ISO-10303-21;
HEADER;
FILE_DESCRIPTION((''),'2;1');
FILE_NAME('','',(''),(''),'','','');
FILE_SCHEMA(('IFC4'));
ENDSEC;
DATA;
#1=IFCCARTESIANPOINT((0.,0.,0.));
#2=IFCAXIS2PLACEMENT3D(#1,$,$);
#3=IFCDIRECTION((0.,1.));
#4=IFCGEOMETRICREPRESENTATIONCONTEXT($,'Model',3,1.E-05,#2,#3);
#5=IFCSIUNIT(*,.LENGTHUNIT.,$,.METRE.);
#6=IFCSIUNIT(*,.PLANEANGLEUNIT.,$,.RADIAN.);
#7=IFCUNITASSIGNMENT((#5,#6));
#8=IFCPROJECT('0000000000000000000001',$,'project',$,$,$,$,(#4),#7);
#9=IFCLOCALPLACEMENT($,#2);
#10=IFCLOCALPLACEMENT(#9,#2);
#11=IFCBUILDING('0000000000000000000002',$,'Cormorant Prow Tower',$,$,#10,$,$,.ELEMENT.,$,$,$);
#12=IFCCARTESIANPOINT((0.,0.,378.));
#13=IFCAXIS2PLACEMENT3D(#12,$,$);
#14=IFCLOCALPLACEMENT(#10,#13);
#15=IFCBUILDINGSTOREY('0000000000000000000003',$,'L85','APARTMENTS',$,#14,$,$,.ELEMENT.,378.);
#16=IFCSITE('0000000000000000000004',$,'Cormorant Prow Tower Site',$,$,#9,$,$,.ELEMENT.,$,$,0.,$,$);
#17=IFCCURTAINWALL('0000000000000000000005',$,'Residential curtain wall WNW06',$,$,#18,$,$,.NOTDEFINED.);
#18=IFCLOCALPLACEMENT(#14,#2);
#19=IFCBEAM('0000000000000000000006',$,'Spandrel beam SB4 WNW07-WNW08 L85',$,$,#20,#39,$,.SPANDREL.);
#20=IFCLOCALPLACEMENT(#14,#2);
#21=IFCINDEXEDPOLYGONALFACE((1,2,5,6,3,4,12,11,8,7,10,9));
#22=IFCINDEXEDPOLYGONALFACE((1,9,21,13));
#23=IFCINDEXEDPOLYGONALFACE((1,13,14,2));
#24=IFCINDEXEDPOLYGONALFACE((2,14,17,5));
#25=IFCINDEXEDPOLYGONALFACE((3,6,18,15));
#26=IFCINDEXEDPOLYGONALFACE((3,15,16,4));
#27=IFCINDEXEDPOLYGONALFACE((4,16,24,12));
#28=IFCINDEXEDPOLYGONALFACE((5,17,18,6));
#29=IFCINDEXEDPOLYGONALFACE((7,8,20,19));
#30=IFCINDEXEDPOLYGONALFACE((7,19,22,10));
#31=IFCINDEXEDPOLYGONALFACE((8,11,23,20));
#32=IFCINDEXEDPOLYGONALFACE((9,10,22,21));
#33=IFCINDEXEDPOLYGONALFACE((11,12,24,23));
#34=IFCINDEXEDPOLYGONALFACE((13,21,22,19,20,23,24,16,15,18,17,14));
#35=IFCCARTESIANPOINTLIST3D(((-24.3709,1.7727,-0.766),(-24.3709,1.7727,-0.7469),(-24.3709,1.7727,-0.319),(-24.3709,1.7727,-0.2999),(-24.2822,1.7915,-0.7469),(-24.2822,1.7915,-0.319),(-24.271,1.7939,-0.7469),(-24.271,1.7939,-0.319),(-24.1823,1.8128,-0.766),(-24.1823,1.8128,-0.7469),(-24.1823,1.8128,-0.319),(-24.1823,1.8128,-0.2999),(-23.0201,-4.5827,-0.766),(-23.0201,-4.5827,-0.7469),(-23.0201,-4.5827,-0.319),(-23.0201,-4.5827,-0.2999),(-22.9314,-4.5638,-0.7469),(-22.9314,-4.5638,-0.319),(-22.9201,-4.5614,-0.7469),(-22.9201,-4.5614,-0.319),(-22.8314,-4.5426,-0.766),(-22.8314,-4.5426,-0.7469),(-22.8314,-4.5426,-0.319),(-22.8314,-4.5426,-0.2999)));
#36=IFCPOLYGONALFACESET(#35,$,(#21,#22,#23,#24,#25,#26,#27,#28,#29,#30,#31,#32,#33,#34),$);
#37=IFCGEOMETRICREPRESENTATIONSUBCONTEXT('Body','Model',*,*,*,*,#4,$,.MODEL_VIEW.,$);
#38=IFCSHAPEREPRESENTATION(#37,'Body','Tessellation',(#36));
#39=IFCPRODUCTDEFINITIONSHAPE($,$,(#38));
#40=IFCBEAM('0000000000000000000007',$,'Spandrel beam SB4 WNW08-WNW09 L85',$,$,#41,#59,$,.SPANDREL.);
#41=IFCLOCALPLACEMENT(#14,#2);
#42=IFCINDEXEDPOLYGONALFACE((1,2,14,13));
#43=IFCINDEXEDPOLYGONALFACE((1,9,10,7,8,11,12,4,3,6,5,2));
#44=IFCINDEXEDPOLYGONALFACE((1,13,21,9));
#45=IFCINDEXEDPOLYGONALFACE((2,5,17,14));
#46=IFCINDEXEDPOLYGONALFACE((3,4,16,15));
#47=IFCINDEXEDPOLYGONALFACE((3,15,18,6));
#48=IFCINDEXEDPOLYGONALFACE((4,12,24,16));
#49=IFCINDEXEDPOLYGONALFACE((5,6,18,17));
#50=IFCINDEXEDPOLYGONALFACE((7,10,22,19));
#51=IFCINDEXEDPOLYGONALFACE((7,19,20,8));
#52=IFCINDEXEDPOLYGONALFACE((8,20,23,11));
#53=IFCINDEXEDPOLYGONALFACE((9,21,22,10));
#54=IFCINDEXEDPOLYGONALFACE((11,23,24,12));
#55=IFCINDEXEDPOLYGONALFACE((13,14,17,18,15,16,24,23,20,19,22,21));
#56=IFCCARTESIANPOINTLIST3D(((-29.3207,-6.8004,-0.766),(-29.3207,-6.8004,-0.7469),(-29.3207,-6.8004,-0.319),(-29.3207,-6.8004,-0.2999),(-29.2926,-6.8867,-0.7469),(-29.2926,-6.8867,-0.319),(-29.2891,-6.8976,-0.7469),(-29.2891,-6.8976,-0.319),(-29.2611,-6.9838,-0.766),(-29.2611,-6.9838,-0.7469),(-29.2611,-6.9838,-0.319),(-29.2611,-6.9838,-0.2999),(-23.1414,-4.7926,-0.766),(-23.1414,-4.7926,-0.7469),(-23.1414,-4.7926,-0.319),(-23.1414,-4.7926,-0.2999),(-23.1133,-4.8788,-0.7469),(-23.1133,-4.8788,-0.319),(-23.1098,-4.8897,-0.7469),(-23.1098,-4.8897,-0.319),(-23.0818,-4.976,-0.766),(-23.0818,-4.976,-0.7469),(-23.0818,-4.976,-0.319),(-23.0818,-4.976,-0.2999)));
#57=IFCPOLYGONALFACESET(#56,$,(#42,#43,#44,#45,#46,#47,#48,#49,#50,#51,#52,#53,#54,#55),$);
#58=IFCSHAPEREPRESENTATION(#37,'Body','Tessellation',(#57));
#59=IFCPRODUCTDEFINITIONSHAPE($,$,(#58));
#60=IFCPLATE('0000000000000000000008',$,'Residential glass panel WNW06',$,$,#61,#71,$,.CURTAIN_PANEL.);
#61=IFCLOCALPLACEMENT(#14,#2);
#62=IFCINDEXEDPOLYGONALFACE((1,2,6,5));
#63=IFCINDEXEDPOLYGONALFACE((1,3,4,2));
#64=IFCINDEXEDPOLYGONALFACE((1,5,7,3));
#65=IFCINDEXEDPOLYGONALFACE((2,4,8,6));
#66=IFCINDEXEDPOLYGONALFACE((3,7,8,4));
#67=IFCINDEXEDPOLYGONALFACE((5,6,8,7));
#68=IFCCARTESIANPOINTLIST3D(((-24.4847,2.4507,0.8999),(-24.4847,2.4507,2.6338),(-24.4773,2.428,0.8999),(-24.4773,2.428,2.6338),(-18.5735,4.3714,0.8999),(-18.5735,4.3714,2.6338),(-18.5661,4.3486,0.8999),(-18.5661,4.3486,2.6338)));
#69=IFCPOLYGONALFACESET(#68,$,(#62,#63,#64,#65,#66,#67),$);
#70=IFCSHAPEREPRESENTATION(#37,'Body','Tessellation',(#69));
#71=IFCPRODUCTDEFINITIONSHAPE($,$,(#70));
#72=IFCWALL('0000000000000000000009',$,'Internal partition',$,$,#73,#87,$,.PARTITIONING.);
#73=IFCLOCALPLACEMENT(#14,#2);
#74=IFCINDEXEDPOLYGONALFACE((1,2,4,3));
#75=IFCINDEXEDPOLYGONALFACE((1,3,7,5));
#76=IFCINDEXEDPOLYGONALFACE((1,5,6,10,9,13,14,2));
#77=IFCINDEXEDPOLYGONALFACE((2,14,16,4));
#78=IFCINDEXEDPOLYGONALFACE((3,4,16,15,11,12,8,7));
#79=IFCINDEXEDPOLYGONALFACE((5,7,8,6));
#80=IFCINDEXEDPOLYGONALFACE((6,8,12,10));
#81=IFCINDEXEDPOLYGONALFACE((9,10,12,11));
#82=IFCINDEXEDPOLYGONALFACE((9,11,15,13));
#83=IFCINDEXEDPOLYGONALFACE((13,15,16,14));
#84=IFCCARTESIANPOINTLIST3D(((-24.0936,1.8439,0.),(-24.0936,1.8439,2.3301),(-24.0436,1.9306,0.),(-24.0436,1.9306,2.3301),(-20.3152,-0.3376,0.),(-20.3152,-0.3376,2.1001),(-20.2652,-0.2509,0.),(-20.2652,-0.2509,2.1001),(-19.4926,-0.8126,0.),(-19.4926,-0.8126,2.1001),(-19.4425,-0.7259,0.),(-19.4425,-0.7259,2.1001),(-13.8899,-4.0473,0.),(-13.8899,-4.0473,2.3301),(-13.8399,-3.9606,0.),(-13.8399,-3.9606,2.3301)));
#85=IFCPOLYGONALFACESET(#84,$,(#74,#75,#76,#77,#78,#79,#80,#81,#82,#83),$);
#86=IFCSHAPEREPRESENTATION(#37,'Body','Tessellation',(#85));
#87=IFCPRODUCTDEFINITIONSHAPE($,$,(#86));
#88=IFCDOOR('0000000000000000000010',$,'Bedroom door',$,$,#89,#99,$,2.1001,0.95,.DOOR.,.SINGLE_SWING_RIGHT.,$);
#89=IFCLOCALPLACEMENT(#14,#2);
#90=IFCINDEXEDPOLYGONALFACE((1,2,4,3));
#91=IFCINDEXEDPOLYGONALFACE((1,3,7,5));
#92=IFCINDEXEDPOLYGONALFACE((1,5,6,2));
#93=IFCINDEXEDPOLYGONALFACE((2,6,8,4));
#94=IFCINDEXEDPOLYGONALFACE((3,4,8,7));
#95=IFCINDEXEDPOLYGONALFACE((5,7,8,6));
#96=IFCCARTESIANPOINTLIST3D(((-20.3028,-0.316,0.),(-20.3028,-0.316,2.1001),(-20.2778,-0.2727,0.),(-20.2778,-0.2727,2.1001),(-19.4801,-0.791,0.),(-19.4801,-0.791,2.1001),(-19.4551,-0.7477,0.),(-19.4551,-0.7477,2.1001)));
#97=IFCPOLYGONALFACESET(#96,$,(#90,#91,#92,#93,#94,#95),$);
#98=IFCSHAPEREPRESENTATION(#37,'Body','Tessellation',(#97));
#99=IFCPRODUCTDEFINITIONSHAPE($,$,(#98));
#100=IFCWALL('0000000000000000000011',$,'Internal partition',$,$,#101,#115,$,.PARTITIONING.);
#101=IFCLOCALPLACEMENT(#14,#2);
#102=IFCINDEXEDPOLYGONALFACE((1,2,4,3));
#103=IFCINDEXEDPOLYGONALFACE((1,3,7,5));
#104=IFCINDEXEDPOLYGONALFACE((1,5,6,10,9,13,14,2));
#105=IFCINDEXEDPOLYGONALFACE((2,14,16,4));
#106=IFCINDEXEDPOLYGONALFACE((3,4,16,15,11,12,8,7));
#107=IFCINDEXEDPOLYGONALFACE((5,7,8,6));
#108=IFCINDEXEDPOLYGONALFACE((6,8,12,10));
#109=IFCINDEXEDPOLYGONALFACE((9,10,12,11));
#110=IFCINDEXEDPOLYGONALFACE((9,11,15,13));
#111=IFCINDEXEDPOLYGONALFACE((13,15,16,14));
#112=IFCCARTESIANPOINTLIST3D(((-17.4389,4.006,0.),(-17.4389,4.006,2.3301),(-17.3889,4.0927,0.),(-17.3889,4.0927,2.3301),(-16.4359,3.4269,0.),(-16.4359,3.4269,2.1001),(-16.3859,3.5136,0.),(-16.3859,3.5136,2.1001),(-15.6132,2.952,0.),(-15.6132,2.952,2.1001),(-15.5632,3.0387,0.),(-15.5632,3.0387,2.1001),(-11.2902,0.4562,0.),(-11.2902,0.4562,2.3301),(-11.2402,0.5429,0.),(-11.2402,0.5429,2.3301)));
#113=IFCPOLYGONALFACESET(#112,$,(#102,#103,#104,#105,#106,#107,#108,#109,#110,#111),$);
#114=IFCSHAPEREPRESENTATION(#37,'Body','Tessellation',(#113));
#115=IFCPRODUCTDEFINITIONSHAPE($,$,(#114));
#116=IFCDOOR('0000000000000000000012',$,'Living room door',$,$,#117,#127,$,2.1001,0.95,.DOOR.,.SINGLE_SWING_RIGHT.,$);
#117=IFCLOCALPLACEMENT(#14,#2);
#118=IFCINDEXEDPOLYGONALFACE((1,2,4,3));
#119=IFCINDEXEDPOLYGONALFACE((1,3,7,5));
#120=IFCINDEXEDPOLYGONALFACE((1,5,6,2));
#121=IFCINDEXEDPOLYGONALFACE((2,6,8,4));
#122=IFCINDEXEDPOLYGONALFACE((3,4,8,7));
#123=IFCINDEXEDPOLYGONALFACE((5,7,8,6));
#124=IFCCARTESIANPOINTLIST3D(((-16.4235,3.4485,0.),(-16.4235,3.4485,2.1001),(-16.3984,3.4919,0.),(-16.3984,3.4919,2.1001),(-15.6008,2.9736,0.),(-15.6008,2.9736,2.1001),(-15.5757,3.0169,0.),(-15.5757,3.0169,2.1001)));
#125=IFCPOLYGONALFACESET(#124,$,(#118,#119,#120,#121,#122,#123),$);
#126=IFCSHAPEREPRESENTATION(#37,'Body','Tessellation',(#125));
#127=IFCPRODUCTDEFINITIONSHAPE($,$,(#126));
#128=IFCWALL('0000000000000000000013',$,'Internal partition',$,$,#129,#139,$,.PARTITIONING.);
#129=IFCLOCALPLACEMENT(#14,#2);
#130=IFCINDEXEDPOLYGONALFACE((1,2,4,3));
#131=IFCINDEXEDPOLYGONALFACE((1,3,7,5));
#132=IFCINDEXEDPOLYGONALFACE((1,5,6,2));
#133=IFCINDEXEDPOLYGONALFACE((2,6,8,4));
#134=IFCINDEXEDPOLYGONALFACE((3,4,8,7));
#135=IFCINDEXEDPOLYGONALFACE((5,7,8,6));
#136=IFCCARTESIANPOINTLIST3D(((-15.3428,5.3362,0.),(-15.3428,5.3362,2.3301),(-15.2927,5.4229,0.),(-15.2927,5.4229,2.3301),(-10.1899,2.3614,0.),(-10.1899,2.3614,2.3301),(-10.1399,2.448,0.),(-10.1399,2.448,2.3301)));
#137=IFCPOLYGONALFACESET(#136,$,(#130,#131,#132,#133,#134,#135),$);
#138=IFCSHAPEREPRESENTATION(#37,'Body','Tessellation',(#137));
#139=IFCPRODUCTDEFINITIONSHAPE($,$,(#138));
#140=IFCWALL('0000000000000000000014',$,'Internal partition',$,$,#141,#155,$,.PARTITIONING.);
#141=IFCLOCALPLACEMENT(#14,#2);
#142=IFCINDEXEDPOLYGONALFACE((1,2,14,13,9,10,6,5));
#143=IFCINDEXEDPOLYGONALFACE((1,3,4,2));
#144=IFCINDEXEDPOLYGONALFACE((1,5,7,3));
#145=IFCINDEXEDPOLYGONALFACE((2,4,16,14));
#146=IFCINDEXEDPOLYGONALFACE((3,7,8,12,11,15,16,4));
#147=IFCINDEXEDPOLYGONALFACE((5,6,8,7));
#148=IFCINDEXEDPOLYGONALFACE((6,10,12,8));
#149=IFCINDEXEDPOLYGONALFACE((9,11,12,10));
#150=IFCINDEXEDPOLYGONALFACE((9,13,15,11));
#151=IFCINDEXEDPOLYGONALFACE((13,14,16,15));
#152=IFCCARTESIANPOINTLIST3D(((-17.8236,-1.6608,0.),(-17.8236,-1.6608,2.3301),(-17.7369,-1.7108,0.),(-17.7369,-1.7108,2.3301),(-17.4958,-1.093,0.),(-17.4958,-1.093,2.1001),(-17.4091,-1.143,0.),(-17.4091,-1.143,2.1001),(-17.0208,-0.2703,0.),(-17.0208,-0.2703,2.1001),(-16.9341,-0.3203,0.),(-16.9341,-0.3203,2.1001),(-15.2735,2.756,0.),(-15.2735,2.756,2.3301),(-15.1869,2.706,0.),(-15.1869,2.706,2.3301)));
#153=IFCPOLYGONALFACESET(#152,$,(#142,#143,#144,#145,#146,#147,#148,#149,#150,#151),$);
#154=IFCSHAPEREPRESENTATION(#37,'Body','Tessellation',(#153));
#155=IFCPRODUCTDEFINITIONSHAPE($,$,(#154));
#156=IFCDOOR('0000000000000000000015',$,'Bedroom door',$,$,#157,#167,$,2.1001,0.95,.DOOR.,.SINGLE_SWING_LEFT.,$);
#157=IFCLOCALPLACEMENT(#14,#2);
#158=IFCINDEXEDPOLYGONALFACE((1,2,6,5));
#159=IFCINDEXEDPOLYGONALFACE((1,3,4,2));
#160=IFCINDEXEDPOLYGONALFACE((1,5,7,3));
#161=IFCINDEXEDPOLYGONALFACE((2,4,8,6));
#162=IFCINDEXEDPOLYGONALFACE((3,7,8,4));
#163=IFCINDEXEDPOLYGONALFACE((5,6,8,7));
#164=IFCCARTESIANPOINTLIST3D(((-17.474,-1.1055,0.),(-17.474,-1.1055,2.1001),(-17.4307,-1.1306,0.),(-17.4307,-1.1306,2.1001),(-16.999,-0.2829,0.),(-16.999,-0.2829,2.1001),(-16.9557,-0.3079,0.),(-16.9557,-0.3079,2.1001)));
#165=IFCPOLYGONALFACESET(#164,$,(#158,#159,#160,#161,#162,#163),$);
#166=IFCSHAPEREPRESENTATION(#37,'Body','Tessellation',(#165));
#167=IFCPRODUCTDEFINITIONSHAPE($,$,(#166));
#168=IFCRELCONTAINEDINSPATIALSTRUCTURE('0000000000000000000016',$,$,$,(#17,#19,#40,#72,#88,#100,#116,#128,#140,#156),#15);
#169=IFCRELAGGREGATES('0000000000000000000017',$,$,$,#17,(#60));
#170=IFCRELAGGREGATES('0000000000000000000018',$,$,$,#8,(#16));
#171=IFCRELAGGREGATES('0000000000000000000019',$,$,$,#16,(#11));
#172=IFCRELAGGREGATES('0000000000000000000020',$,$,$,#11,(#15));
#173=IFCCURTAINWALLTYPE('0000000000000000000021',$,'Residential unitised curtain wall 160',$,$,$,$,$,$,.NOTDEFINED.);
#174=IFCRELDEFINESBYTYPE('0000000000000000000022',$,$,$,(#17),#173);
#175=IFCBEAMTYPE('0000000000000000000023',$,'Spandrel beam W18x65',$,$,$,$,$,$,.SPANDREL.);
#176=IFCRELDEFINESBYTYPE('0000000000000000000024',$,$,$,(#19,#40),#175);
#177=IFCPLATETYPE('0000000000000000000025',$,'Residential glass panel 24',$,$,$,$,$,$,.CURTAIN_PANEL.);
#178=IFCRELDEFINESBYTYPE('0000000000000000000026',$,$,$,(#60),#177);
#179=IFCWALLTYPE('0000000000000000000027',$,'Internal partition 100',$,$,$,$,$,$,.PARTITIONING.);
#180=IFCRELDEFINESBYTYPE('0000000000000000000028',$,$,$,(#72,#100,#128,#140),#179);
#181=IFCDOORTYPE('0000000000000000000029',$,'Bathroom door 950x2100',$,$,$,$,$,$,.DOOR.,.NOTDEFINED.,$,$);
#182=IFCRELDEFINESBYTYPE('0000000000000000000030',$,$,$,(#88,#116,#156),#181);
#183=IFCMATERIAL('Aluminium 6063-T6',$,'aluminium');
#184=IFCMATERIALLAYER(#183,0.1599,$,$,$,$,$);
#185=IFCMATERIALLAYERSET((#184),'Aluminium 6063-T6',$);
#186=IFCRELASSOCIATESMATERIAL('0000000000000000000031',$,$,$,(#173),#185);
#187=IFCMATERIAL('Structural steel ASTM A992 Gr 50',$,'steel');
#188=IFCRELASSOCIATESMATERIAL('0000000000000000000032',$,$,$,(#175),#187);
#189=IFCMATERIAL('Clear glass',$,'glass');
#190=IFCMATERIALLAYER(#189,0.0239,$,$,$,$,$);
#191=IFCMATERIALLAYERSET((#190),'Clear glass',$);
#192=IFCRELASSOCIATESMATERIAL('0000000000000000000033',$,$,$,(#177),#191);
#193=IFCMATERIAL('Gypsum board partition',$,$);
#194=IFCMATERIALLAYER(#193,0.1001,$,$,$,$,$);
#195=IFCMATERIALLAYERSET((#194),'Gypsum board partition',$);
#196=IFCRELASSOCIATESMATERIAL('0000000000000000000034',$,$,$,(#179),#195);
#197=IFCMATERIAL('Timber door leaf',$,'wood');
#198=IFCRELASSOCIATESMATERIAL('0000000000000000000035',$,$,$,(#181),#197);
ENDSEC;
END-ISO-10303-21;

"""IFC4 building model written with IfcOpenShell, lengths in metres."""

from ifc_helpers import new_model, si_unit, direction, frame, frame_2d, origin, origin_2d, place, context, subcontext, project, spatial, rectangle, i_section, extrude, material, layer, layer_set, material_profile, profile_set, type_object, element, fill, aggregate, save


model = new_model("IFC4")

# Units and contexts
model_context = context("Model", 3, precision=1e-05, world=origin(), true_north=direction((0.0, 1.0)))
body_context = subcontext(model_context, "Body", "Model", "MODEL_VIEW")
ifc_project = project(units=[si_unit("LENGTHUNIT", "METRE"), si_unit("PLANEANGLEUNIT", "RADIAN")], contexts=[model_context])

# Site, building, storey
site_placement = place(None, origin())
site = spatial("IfcSite", under=ifc_project, at=site_placement, Name="Cormorant Prow Tower Site", CompositionType="ELEMENT", RefElevation=0.0)
building_placement = place(site_placement, origin())
building = spatial("IfcBuilding", under=site, at=building_placement, Name="Cormorant Prow Tower", CompositionType="ELEMENT")
storey_placement = place(building_placement, frame((0.0, 0.0, 378.0)))
storey = spatial("IfcBuildingStorey", under=building, at=storey_placement, Name="L85", Description="APARTMENTS", CompositionType="ELEMENT", Elevation=378.0)

# Curtain wall
ifc_material_1 = material(Name="Aluminium 6063-T6", Category="aluminium")
ifc_layer_1 = layer(ifc_material_1, 0.1599)
ifc_layer_set_1 = layer_set([ifc_layer_1], Name="Aluminium 6063-T6")
curtain_wall_type = type_object("IfcCurtainWallType", Name="Residential unitised curtain wall 160", PredefinedType="NOTDEFINED", material=ifc_layer_set_1)
curtain_wall_1_placement = place(storey_placement, origin())
curtain_wall_1 = element("IfcCurtainWall", 1, at=curtain_wall_1_placement, inside=storey, type_object=curtain_wall_type, Name="Residential curtain wall WNW06", PredefinedType="NOTDEFINED")

# Beams
ifc_material_2 = material(Name="Structural steel ASTM A992 Gr 50", Category="steel")
ifc_material_profile_1 = material_profile(ifc_material_2, i_section(OverallWidth=0.1929, OverallDepth=0.4661, WebThickness=0.0115, FlangeThickness=0.019, at=origin_2d()), Name="W18x65")
ifc_profile_set_1 = profile_set([ifc_material_profile_1], Name="Structural steel ASTM A992 Gr 50")
beam_type_1 = type_object("IfcBeamType", Name="Spandrel beam W18x65", PredefinedType="SPANDREL", material=ifc_profile_set_1)
for number, where, z_axis, x_axis, name in (
    (2, (-24.2766, 1.7927, -0.533), (0.20791, -0.978148, 0.0), (0.978148, 0.20791, 0.0), "Spandrel beam SB4 WNW07-WNW08 L85"),
    (3, (-23.1116, -4.8843, -0.533), (-0.951053, -0.309027, 0.0), (0.309027, -0.951053, 0.0), "Spandrel beam SB4 WNW08-WNW09 L85"),
):
    element("IfcBeam", number, at=place(storey_placement, frame(where, z_axis=z_axis, x_axis=x_axis)), inside=storey, type_object=beam_type_1, Name=name, PredefinedType="SPANDREL", context=body_context, shape_type="SweptSolid", body=[
        extrude(i_section(OverallWidth=0.1929, OverallDepth=0.4661, WebThickness=0.0115, FlangeThickness=0.019, at=origin_2d()), origin(), (0.0, 0.0, 1.0), 6.4973),
    ])

# Plate
ifc_material_3 = material(Name="Clear glass", Category="glass")
ifc_layer_2 = layer(ifc_material_3, 0.0239)
ifc_layer_set_2 = layer_set([ifc_layer_2], Name="Clear glass")
plate_type = type_object("IfcPlateType", Name="Residential glass panel 24", PredefinedType="CURTAIN_PANEL", material=ifc_layer_set_2)
plate_placement = place(storey_placement, frame((-21.5254, 3.3997, 0.8999), z_axis=(0.0, 0.0, 1.0), x_axis=(-0.951056, -0.309017, 0.0)))
plate = element("IfcPlate", 4, at=plate_placement, type_object=plate_type, Name="Residential glass panel WNW06", PredefinedType="CURTAIN_PANEL", context=body_context, shape_type="SweptSolid", body=[
    extrude(rectangle(XDim=6.2153, YDim=0.0239, at=origin_2d()), origin(), (0.0, 0.0, 1.0), 1.7339),
])
aggregate(curtain_wall_1, [plate])

# Walls, openings, doors
ifc_material_4 = material(Name="Gypsum board partition")
ifc_layer_3 = layer(ifc_material_4, 0.1001)
ifc_layer_set_3 = layer_set([ifc_layer_3], Name="Gypsum board partition")
wall_type_1 = type_object("IfcWallType", Name="Internal partition 100", PredefinedType="PARTITIONING", material=ifc_layer_set_3)
wall_1_placement = place(storey_placement, frame((-24.0686, 1.8872, 0.0), z_axis=(0.0, 0.0, 1.0), x_axis=(0.866023, -0.500003, 0.0)))
wall_1 = element("IfcWall", 5, at=wall_1_placement, inside=storey, type_object=wall_type_1, Name="Internal partition", PredefinedType="PARTITIONING", context=body_context, shape_type="SweptSolid", body=[
    extrude(rectangle(XDim=11.7822, YDim=0.1001, at=frame_2d((5.8911, 0.0))), origin(), (0.0, 0.0, 1.0), 2.3301),
])
opening_1_placement = place(wall_1_placement, frame((4.3628, 0.0, 0.0)))
opening_1 = element("IfcOpeningElement", 6, at=opening_1_placement, cuts=wall_1, PredefinedType="OPENING", context=body_context, shape_type="SweptSolid", body=[
    extrude(rectangle(XDim=0.95, YDim=2.1001, at=frame_2d((0.4751, 1.05))), frame((0.0, 0.0601, 0.0), z_axis=(0.0, -1.0, 0.0), x_axis=(1.0, 0.0, 0.0)), (0.0, 0.0, 1.0), 0.1201),
])
ifc_material_5 = material(Name="Timber door leaf", Category="wood")
door_type_1 = type_object("IfcDoorType", Name="Bathroom door 950x2100", OperationType="NOTDEFINED", PredefinedType="DOOR", material=ifc_material_5)
door_1_placement = place(opening_1_placement, origin())
door_1 = element("IfcDoor", 7, at=door_1_placement, inside=storey, type_object=door_type_1, Name="Bedroom door", OperationType="SINGLE_SWING_RIGHT", OverallHeight=2.1001, OverallWidth=0.95, PredefinedType="DOOR", context=body_context, shape_type="SweptSolid", body=[
    extrude(rectangle(XDim=0.95, YDim=2.1001, at=frame_2d((0.4751, 1.05))), frame((0.0, 0.0249, 0.0), z_axis=(0.0, -1.0, 0.0), x_axis=(1.0, 0.0, 0.0)), (0.0, 0.0, 1.0), 0.05),
])
fill(opening_1, door_1)
wall_2_placement = place(storey_placement, frame((-17.4138, 4.0493, 0.0), z_axis=(0.0, 0.0, 1.0), x_axis=(0.866034, -0.499985, 0.0)))
wall_2 = element("IfcWall", 8, at=wall_2_placement, inside=storey, type_object=wall_type_1, Name="Internal partition", PredefinedType="PARTITIONING", context=body_context, shape_type="SweptSolid", body=[
    extrude(rectangle(XDim=7.0999, YDim=0.1001, at=frame_2d((3.5498, 0.0))), origin(), (0.0, 0.0, 1.0), 2.3301),
])
opening_2_placement = place(wall_2_placement, frame((1.158, 0.0, 0.0)))
opening_2 = element("IfcOpeningElement", 9, at=opening_2_placement, cuts=wall_2, PredefinedType="OPENING", context=body_context, shape_type="SweptSolid", body=[
    extrude(rectangle(XDim=0.95, YDim=2.1001, at=frame_2d((0.4751, 1.05))), frame((0.0, 0.0601, 0.0), z_axis=(0.0, -1.0, 0.0), x_axis=(1.0, 0.0, 0.0)), (0.0, 0.0, 1.0), 0.1201),
])
door_2_placement = place(opening_2_placement, origin())
door_2 = element("IfcDoor", 10, at=door_2_placement, inside=storey, type_object=door_type_1, Name="Living room door", OperationType="SINGLE_SWING_RIGHT", OverallHeight=2.1001, OverallWidth=0.95, PredefinedType="DOOR", context=body_context, shape_type="SweptSolid", body=[
    extrude(rectangle(XDim=0.95, YDim=2.1001, at=frame_2d((0.4751, 1.05))), frame((0.0, 0.0249, 0.0), z_axis=(0.0, -1.0, 0.0), x_axis=(1.0, 0.0, 0.0)), (0.0, 0.0, 1.0), 0.05),
])
fill(opening_2, door_2)

# Wall
wall_3_placement = place(storey_placement, frame((-15.3179, 5.3796, 0.0), z_axis=(0.0, 0.0, 1.0), x_axis=(0.866035, -0.499983, 0.0)))
element("IfcWall", 11, at=wall_3_placement, inside=storey, type_object=wall_type_1, Name="Internal partition", PredefinedType="PARTITIONING", context=body_context, shape_type="SweptSolid", body=[
    extrude(rectangle(XDim=5.95, YDim=0.1001, at=frame_2d((2.9751, 0.0))), origin(), (0.0, 0.0, 1.0), 2.3301),
])

# Wall, opening, door
wall_4_placement = place(storey_placement, frame((-17.7803, -1.6858, 0.0), z_axis=(0.0, 0.0, 1.0), x_axis=(0.500006, 0.866022, 0.0)))
wall_4 = element("IfcWall", 12, at=wall_4_placement, inside=storey, type_object=wall_type_1, Name="Internal partition", PredefinedType="PARTITIONING", context=body_context, shape_type="SweptSolid", body=[
    extrude(rectangle(XDim=5.1001, YDim=0.1001, at=frame_2d((2.55, 0.0))), origin(), (0.0, 0.0, 1.0), 2.3301),
])
opening_3_placement = place(wall_4_placement, frame((0.6555, 0.0, 0.0)))
opening_3 = element("IfcOpeningElement", 13, at=opening_3_placement, cuts=wall_4, PredefinedType="OPENING", context=body_context, shape_type="SweptSolid", body=[
    extrude(rectangle(XDim=0.95, YDim=2.1001, at=frame_2d((0.4751, 1.05))), frame((0.0, 0.0601, 0.0), z_axis=(0.0, -1.0, 0.0), x_axis=(1.0, 0.0, 0.0)), (0.0, 0.0, 1.0), 0.1201),
])
door_3_placement = place(opening_3_placement, origin())
door_3 = element("IfcDoor", 14, at=door_3_placement, inside=storey, type_object=door_type_1, Name="Bedroom door", OperationType="SINGLE_SWING_LEFT", OverallHeight=2.1001, OverallWidth=0.95, PredefinedType="DOOR", context=body_context, shape_type="SweptSolid", body=[
    extrude(rectangle(XDim=0.95, YDim=2.1001, at=frame_2d((0.4751, 1.05))), frame((0.0, 0.0249, 0.0), z_axis=(0.0, -1.0, 0.0), x_axis=(1.0, 0.0, 0.0)), (0.0, 0.0, 1.0), 0.05),
])
fill(opening_3, door_3)

save(model, "model.ifc")
